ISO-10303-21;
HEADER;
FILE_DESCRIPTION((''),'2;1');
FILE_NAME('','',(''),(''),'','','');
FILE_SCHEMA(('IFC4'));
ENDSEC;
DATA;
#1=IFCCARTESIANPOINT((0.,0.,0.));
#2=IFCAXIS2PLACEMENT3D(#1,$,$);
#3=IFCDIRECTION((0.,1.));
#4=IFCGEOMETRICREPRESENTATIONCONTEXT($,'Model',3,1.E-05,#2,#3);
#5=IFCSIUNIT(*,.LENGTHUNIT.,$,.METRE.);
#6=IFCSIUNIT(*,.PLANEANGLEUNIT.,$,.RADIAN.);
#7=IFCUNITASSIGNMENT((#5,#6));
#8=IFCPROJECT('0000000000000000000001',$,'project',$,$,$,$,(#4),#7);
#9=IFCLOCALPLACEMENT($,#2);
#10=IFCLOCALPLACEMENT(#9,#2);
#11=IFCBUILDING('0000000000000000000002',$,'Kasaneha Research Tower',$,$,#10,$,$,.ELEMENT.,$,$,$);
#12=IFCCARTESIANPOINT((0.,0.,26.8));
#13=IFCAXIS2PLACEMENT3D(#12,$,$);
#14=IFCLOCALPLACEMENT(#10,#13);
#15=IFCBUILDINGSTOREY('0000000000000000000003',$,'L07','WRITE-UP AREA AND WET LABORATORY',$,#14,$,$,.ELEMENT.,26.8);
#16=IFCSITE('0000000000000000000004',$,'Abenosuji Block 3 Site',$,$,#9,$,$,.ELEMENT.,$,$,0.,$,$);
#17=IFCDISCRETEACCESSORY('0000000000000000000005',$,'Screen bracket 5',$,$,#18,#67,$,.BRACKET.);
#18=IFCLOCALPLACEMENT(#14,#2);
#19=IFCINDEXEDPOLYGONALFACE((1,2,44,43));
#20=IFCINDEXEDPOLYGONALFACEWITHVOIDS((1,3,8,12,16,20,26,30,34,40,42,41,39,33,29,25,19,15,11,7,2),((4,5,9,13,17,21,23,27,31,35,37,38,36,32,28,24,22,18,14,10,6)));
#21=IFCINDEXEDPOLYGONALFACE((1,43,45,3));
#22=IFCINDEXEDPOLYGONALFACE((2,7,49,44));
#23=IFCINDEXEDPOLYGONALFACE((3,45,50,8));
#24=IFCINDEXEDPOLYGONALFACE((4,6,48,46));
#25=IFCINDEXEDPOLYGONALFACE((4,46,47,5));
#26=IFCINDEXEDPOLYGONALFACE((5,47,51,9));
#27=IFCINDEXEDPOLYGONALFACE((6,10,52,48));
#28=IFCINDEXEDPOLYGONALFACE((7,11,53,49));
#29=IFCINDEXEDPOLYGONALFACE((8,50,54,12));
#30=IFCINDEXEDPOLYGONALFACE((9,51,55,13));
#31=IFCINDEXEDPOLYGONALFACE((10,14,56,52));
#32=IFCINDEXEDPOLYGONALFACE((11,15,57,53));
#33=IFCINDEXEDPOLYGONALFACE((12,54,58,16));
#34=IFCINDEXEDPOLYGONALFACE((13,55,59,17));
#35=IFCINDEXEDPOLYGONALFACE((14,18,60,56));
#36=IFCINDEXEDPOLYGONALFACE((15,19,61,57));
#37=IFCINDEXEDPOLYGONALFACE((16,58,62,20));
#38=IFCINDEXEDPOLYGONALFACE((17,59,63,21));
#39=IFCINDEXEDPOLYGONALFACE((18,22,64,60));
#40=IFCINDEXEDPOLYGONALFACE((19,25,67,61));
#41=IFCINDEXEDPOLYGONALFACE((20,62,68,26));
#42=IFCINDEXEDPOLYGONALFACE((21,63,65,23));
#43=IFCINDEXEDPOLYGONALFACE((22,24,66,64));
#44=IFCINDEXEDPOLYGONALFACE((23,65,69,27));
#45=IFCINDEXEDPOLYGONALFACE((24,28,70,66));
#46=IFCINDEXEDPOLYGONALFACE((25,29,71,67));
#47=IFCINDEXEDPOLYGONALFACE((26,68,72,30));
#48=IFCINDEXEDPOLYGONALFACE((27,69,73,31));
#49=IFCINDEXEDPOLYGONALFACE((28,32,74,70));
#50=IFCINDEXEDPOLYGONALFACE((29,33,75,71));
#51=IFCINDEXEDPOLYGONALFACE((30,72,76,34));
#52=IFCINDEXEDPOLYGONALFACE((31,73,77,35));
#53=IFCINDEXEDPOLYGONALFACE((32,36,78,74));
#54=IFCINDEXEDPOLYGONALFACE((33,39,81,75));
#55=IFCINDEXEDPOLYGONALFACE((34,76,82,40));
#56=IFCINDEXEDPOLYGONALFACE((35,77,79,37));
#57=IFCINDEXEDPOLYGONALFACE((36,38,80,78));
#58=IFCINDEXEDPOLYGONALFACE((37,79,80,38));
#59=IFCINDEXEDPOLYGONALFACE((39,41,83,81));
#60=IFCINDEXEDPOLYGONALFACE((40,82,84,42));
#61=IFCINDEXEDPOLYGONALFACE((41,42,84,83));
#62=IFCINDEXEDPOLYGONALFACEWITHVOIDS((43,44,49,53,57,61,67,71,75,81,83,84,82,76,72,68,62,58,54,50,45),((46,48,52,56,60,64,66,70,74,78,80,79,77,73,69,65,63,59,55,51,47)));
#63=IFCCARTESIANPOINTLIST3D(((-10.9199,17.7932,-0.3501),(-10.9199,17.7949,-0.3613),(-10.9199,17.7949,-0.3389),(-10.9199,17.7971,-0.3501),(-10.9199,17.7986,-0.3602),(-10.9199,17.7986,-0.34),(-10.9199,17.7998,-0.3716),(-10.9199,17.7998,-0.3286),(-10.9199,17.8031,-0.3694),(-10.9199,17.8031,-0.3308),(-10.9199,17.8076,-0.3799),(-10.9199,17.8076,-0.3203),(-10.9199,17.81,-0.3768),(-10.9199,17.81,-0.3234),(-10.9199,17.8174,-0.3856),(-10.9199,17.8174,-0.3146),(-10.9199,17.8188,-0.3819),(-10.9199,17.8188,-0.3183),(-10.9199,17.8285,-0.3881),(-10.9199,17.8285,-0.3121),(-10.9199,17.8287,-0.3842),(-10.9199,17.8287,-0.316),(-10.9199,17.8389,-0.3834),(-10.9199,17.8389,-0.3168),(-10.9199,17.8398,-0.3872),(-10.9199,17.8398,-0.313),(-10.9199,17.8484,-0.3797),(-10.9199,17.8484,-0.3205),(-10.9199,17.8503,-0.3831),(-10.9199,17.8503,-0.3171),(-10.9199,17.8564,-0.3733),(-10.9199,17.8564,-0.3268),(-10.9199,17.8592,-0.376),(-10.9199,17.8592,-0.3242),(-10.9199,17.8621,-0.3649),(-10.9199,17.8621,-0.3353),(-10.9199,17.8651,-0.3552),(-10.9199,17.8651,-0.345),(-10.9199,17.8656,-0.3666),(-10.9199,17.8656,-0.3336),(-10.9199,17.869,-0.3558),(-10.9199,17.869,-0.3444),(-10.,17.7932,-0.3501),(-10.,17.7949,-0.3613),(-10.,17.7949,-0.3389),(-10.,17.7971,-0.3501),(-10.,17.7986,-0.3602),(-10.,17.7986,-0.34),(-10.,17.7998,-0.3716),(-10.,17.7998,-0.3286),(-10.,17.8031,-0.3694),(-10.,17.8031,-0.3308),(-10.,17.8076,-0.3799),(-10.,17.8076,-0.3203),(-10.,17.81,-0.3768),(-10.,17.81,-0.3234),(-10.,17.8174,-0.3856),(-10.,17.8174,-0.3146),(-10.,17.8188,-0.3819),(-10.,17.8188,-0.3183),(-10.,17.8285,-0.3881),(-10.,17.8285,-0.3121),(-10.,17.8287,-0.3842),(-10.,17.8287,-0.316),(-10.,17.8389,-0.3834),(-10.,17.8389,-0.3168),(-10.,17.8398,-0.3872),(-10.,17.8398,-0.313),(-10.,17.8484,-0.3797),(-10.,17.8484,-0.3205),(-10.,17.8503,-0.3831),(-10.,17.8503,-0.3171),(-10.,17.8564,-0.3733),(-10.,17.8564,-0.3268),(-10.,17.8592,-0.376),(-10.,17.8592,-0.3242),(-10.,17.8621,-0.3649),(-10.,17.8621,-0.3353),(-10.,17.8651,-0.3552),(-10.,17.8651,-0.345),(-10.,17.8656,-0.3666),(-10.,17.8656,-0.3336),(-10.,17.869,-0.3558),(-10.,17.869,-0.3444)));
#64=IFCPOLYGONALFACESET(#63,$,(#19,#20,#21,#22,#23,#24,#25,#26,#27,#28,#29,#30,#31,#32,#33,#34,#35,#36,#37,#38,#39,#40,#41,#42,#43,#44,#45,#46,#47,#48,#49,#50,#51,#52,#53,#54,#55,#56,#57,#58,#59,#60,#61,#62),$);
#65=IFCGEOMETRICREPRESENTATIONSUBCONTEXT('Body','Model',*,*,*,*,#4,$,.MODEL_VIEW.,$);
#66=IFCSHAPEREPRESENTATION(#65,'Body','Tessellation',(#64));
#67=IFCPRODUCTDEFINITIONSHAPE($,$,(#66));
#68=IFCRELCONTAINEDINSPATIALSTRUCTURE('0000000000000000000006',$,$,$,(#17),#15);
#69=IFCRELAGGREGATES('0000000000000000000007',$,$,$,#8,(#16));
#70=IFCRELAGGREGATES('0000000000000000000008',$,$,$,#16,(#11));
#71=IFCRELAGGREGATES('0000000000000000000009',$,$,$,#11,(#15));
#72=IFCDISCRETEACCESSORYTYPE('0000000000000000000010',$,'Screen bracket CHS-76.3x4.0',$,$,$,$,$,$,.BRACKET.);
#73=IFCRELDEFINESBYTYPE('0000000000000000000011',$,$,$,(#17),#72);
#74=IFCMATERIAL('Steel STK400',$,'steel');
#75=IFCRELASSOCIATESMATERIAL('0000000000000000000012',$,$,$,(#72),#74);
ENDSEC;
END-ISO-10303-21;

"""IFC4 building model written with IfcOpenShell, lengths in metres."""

from ifc_helpers import new_model, si_unit, direction, frame, origin, origin_2d, place, context, subcontext, project, spatial, hollow_circle, extrude, material, material_profile, profile_set, type_object, element, save


model = new_model("IFC4")

# Units and contexts
model_context = context("Model", 3, precision=1e-05, world=origin(), true_north=direction((0.0, 1.0)))
body_context = subcontext(model_context, "Body", "Model", "MODEL_VIEW")
ifc_project = project(units=[si_unit("LENGTHUNIT", "METRE"), si_unit("PLANEANGLEUNIT", "RADIAN")], contexts=[model_context])

# Site, building, storey
site_placement = place(None, origin())
site = spatial("IfcSite", under=ifc_project, at=site_placement, Name="Abenosuji Block 3 Site", CompositionType="ELEMENT", RefElevation=0.0)
building_placement = place(site_placement, origin())
building = spatial("IfcBuilding", under=site, at=building_placement, Name="Kasaneha Research Tower", CompositionType="ELEMENT")
storey_placement = place(building_placement, frame((0.0, 0.0, 26.8)))
storey = spatial("IfcBuildingStorey", under=building, at=storey_placement, Name="L07", Description="WRITE-UP AREA AND WET LABORATORY", CompositionType="ELEMENT", Elevation=26.8)

# Discrete accessory
ifc_material_1 = material(Name="Steel STK400", Category="steel")
ifc_material_profile_1 = material_profile(ifc_material_1, hollow_circle(Radius=0.0381, WallThickness=0.0039, at=origin_2d()), Name="CHS-76.3x4.0")
ifc_profile_set_1 = profile_set([ifc_material_profile_1], Name="Steel STK400")
discrete_accessory_type = type_object("IfcDiscreteAccessoryType", Name="Screen bracket CHS-76.3x4.0", PredefinedType="BRACKET", material=ifc_profile_set_1)
for number, where, z_axis, x_axis, name in (
    (1, (-10.0, 17.8313, -0.3501), (-1.0, 0.0, 0.0), (0.0, -1.0, 0.0), "Screen bracket 5"),
):
    element("IfcDiscreteAccessory", number, at=place(storey_placement, frame(where, z_axis=z_axis, x_axis=x_axis)), inside=storey, type_object=discrete_accessory_type, Name=name, PredefinedType="BRACKET", context=body_context, shape_type="SweptSolid", body=[
        extrude(hollow_circle(Radius=0.0381, WallThickness=0.0039, at=origin_2d()), origin(), (0.0, 0.0, 1.0), 0.9199),
    ])

save(model, "model.ifc")
